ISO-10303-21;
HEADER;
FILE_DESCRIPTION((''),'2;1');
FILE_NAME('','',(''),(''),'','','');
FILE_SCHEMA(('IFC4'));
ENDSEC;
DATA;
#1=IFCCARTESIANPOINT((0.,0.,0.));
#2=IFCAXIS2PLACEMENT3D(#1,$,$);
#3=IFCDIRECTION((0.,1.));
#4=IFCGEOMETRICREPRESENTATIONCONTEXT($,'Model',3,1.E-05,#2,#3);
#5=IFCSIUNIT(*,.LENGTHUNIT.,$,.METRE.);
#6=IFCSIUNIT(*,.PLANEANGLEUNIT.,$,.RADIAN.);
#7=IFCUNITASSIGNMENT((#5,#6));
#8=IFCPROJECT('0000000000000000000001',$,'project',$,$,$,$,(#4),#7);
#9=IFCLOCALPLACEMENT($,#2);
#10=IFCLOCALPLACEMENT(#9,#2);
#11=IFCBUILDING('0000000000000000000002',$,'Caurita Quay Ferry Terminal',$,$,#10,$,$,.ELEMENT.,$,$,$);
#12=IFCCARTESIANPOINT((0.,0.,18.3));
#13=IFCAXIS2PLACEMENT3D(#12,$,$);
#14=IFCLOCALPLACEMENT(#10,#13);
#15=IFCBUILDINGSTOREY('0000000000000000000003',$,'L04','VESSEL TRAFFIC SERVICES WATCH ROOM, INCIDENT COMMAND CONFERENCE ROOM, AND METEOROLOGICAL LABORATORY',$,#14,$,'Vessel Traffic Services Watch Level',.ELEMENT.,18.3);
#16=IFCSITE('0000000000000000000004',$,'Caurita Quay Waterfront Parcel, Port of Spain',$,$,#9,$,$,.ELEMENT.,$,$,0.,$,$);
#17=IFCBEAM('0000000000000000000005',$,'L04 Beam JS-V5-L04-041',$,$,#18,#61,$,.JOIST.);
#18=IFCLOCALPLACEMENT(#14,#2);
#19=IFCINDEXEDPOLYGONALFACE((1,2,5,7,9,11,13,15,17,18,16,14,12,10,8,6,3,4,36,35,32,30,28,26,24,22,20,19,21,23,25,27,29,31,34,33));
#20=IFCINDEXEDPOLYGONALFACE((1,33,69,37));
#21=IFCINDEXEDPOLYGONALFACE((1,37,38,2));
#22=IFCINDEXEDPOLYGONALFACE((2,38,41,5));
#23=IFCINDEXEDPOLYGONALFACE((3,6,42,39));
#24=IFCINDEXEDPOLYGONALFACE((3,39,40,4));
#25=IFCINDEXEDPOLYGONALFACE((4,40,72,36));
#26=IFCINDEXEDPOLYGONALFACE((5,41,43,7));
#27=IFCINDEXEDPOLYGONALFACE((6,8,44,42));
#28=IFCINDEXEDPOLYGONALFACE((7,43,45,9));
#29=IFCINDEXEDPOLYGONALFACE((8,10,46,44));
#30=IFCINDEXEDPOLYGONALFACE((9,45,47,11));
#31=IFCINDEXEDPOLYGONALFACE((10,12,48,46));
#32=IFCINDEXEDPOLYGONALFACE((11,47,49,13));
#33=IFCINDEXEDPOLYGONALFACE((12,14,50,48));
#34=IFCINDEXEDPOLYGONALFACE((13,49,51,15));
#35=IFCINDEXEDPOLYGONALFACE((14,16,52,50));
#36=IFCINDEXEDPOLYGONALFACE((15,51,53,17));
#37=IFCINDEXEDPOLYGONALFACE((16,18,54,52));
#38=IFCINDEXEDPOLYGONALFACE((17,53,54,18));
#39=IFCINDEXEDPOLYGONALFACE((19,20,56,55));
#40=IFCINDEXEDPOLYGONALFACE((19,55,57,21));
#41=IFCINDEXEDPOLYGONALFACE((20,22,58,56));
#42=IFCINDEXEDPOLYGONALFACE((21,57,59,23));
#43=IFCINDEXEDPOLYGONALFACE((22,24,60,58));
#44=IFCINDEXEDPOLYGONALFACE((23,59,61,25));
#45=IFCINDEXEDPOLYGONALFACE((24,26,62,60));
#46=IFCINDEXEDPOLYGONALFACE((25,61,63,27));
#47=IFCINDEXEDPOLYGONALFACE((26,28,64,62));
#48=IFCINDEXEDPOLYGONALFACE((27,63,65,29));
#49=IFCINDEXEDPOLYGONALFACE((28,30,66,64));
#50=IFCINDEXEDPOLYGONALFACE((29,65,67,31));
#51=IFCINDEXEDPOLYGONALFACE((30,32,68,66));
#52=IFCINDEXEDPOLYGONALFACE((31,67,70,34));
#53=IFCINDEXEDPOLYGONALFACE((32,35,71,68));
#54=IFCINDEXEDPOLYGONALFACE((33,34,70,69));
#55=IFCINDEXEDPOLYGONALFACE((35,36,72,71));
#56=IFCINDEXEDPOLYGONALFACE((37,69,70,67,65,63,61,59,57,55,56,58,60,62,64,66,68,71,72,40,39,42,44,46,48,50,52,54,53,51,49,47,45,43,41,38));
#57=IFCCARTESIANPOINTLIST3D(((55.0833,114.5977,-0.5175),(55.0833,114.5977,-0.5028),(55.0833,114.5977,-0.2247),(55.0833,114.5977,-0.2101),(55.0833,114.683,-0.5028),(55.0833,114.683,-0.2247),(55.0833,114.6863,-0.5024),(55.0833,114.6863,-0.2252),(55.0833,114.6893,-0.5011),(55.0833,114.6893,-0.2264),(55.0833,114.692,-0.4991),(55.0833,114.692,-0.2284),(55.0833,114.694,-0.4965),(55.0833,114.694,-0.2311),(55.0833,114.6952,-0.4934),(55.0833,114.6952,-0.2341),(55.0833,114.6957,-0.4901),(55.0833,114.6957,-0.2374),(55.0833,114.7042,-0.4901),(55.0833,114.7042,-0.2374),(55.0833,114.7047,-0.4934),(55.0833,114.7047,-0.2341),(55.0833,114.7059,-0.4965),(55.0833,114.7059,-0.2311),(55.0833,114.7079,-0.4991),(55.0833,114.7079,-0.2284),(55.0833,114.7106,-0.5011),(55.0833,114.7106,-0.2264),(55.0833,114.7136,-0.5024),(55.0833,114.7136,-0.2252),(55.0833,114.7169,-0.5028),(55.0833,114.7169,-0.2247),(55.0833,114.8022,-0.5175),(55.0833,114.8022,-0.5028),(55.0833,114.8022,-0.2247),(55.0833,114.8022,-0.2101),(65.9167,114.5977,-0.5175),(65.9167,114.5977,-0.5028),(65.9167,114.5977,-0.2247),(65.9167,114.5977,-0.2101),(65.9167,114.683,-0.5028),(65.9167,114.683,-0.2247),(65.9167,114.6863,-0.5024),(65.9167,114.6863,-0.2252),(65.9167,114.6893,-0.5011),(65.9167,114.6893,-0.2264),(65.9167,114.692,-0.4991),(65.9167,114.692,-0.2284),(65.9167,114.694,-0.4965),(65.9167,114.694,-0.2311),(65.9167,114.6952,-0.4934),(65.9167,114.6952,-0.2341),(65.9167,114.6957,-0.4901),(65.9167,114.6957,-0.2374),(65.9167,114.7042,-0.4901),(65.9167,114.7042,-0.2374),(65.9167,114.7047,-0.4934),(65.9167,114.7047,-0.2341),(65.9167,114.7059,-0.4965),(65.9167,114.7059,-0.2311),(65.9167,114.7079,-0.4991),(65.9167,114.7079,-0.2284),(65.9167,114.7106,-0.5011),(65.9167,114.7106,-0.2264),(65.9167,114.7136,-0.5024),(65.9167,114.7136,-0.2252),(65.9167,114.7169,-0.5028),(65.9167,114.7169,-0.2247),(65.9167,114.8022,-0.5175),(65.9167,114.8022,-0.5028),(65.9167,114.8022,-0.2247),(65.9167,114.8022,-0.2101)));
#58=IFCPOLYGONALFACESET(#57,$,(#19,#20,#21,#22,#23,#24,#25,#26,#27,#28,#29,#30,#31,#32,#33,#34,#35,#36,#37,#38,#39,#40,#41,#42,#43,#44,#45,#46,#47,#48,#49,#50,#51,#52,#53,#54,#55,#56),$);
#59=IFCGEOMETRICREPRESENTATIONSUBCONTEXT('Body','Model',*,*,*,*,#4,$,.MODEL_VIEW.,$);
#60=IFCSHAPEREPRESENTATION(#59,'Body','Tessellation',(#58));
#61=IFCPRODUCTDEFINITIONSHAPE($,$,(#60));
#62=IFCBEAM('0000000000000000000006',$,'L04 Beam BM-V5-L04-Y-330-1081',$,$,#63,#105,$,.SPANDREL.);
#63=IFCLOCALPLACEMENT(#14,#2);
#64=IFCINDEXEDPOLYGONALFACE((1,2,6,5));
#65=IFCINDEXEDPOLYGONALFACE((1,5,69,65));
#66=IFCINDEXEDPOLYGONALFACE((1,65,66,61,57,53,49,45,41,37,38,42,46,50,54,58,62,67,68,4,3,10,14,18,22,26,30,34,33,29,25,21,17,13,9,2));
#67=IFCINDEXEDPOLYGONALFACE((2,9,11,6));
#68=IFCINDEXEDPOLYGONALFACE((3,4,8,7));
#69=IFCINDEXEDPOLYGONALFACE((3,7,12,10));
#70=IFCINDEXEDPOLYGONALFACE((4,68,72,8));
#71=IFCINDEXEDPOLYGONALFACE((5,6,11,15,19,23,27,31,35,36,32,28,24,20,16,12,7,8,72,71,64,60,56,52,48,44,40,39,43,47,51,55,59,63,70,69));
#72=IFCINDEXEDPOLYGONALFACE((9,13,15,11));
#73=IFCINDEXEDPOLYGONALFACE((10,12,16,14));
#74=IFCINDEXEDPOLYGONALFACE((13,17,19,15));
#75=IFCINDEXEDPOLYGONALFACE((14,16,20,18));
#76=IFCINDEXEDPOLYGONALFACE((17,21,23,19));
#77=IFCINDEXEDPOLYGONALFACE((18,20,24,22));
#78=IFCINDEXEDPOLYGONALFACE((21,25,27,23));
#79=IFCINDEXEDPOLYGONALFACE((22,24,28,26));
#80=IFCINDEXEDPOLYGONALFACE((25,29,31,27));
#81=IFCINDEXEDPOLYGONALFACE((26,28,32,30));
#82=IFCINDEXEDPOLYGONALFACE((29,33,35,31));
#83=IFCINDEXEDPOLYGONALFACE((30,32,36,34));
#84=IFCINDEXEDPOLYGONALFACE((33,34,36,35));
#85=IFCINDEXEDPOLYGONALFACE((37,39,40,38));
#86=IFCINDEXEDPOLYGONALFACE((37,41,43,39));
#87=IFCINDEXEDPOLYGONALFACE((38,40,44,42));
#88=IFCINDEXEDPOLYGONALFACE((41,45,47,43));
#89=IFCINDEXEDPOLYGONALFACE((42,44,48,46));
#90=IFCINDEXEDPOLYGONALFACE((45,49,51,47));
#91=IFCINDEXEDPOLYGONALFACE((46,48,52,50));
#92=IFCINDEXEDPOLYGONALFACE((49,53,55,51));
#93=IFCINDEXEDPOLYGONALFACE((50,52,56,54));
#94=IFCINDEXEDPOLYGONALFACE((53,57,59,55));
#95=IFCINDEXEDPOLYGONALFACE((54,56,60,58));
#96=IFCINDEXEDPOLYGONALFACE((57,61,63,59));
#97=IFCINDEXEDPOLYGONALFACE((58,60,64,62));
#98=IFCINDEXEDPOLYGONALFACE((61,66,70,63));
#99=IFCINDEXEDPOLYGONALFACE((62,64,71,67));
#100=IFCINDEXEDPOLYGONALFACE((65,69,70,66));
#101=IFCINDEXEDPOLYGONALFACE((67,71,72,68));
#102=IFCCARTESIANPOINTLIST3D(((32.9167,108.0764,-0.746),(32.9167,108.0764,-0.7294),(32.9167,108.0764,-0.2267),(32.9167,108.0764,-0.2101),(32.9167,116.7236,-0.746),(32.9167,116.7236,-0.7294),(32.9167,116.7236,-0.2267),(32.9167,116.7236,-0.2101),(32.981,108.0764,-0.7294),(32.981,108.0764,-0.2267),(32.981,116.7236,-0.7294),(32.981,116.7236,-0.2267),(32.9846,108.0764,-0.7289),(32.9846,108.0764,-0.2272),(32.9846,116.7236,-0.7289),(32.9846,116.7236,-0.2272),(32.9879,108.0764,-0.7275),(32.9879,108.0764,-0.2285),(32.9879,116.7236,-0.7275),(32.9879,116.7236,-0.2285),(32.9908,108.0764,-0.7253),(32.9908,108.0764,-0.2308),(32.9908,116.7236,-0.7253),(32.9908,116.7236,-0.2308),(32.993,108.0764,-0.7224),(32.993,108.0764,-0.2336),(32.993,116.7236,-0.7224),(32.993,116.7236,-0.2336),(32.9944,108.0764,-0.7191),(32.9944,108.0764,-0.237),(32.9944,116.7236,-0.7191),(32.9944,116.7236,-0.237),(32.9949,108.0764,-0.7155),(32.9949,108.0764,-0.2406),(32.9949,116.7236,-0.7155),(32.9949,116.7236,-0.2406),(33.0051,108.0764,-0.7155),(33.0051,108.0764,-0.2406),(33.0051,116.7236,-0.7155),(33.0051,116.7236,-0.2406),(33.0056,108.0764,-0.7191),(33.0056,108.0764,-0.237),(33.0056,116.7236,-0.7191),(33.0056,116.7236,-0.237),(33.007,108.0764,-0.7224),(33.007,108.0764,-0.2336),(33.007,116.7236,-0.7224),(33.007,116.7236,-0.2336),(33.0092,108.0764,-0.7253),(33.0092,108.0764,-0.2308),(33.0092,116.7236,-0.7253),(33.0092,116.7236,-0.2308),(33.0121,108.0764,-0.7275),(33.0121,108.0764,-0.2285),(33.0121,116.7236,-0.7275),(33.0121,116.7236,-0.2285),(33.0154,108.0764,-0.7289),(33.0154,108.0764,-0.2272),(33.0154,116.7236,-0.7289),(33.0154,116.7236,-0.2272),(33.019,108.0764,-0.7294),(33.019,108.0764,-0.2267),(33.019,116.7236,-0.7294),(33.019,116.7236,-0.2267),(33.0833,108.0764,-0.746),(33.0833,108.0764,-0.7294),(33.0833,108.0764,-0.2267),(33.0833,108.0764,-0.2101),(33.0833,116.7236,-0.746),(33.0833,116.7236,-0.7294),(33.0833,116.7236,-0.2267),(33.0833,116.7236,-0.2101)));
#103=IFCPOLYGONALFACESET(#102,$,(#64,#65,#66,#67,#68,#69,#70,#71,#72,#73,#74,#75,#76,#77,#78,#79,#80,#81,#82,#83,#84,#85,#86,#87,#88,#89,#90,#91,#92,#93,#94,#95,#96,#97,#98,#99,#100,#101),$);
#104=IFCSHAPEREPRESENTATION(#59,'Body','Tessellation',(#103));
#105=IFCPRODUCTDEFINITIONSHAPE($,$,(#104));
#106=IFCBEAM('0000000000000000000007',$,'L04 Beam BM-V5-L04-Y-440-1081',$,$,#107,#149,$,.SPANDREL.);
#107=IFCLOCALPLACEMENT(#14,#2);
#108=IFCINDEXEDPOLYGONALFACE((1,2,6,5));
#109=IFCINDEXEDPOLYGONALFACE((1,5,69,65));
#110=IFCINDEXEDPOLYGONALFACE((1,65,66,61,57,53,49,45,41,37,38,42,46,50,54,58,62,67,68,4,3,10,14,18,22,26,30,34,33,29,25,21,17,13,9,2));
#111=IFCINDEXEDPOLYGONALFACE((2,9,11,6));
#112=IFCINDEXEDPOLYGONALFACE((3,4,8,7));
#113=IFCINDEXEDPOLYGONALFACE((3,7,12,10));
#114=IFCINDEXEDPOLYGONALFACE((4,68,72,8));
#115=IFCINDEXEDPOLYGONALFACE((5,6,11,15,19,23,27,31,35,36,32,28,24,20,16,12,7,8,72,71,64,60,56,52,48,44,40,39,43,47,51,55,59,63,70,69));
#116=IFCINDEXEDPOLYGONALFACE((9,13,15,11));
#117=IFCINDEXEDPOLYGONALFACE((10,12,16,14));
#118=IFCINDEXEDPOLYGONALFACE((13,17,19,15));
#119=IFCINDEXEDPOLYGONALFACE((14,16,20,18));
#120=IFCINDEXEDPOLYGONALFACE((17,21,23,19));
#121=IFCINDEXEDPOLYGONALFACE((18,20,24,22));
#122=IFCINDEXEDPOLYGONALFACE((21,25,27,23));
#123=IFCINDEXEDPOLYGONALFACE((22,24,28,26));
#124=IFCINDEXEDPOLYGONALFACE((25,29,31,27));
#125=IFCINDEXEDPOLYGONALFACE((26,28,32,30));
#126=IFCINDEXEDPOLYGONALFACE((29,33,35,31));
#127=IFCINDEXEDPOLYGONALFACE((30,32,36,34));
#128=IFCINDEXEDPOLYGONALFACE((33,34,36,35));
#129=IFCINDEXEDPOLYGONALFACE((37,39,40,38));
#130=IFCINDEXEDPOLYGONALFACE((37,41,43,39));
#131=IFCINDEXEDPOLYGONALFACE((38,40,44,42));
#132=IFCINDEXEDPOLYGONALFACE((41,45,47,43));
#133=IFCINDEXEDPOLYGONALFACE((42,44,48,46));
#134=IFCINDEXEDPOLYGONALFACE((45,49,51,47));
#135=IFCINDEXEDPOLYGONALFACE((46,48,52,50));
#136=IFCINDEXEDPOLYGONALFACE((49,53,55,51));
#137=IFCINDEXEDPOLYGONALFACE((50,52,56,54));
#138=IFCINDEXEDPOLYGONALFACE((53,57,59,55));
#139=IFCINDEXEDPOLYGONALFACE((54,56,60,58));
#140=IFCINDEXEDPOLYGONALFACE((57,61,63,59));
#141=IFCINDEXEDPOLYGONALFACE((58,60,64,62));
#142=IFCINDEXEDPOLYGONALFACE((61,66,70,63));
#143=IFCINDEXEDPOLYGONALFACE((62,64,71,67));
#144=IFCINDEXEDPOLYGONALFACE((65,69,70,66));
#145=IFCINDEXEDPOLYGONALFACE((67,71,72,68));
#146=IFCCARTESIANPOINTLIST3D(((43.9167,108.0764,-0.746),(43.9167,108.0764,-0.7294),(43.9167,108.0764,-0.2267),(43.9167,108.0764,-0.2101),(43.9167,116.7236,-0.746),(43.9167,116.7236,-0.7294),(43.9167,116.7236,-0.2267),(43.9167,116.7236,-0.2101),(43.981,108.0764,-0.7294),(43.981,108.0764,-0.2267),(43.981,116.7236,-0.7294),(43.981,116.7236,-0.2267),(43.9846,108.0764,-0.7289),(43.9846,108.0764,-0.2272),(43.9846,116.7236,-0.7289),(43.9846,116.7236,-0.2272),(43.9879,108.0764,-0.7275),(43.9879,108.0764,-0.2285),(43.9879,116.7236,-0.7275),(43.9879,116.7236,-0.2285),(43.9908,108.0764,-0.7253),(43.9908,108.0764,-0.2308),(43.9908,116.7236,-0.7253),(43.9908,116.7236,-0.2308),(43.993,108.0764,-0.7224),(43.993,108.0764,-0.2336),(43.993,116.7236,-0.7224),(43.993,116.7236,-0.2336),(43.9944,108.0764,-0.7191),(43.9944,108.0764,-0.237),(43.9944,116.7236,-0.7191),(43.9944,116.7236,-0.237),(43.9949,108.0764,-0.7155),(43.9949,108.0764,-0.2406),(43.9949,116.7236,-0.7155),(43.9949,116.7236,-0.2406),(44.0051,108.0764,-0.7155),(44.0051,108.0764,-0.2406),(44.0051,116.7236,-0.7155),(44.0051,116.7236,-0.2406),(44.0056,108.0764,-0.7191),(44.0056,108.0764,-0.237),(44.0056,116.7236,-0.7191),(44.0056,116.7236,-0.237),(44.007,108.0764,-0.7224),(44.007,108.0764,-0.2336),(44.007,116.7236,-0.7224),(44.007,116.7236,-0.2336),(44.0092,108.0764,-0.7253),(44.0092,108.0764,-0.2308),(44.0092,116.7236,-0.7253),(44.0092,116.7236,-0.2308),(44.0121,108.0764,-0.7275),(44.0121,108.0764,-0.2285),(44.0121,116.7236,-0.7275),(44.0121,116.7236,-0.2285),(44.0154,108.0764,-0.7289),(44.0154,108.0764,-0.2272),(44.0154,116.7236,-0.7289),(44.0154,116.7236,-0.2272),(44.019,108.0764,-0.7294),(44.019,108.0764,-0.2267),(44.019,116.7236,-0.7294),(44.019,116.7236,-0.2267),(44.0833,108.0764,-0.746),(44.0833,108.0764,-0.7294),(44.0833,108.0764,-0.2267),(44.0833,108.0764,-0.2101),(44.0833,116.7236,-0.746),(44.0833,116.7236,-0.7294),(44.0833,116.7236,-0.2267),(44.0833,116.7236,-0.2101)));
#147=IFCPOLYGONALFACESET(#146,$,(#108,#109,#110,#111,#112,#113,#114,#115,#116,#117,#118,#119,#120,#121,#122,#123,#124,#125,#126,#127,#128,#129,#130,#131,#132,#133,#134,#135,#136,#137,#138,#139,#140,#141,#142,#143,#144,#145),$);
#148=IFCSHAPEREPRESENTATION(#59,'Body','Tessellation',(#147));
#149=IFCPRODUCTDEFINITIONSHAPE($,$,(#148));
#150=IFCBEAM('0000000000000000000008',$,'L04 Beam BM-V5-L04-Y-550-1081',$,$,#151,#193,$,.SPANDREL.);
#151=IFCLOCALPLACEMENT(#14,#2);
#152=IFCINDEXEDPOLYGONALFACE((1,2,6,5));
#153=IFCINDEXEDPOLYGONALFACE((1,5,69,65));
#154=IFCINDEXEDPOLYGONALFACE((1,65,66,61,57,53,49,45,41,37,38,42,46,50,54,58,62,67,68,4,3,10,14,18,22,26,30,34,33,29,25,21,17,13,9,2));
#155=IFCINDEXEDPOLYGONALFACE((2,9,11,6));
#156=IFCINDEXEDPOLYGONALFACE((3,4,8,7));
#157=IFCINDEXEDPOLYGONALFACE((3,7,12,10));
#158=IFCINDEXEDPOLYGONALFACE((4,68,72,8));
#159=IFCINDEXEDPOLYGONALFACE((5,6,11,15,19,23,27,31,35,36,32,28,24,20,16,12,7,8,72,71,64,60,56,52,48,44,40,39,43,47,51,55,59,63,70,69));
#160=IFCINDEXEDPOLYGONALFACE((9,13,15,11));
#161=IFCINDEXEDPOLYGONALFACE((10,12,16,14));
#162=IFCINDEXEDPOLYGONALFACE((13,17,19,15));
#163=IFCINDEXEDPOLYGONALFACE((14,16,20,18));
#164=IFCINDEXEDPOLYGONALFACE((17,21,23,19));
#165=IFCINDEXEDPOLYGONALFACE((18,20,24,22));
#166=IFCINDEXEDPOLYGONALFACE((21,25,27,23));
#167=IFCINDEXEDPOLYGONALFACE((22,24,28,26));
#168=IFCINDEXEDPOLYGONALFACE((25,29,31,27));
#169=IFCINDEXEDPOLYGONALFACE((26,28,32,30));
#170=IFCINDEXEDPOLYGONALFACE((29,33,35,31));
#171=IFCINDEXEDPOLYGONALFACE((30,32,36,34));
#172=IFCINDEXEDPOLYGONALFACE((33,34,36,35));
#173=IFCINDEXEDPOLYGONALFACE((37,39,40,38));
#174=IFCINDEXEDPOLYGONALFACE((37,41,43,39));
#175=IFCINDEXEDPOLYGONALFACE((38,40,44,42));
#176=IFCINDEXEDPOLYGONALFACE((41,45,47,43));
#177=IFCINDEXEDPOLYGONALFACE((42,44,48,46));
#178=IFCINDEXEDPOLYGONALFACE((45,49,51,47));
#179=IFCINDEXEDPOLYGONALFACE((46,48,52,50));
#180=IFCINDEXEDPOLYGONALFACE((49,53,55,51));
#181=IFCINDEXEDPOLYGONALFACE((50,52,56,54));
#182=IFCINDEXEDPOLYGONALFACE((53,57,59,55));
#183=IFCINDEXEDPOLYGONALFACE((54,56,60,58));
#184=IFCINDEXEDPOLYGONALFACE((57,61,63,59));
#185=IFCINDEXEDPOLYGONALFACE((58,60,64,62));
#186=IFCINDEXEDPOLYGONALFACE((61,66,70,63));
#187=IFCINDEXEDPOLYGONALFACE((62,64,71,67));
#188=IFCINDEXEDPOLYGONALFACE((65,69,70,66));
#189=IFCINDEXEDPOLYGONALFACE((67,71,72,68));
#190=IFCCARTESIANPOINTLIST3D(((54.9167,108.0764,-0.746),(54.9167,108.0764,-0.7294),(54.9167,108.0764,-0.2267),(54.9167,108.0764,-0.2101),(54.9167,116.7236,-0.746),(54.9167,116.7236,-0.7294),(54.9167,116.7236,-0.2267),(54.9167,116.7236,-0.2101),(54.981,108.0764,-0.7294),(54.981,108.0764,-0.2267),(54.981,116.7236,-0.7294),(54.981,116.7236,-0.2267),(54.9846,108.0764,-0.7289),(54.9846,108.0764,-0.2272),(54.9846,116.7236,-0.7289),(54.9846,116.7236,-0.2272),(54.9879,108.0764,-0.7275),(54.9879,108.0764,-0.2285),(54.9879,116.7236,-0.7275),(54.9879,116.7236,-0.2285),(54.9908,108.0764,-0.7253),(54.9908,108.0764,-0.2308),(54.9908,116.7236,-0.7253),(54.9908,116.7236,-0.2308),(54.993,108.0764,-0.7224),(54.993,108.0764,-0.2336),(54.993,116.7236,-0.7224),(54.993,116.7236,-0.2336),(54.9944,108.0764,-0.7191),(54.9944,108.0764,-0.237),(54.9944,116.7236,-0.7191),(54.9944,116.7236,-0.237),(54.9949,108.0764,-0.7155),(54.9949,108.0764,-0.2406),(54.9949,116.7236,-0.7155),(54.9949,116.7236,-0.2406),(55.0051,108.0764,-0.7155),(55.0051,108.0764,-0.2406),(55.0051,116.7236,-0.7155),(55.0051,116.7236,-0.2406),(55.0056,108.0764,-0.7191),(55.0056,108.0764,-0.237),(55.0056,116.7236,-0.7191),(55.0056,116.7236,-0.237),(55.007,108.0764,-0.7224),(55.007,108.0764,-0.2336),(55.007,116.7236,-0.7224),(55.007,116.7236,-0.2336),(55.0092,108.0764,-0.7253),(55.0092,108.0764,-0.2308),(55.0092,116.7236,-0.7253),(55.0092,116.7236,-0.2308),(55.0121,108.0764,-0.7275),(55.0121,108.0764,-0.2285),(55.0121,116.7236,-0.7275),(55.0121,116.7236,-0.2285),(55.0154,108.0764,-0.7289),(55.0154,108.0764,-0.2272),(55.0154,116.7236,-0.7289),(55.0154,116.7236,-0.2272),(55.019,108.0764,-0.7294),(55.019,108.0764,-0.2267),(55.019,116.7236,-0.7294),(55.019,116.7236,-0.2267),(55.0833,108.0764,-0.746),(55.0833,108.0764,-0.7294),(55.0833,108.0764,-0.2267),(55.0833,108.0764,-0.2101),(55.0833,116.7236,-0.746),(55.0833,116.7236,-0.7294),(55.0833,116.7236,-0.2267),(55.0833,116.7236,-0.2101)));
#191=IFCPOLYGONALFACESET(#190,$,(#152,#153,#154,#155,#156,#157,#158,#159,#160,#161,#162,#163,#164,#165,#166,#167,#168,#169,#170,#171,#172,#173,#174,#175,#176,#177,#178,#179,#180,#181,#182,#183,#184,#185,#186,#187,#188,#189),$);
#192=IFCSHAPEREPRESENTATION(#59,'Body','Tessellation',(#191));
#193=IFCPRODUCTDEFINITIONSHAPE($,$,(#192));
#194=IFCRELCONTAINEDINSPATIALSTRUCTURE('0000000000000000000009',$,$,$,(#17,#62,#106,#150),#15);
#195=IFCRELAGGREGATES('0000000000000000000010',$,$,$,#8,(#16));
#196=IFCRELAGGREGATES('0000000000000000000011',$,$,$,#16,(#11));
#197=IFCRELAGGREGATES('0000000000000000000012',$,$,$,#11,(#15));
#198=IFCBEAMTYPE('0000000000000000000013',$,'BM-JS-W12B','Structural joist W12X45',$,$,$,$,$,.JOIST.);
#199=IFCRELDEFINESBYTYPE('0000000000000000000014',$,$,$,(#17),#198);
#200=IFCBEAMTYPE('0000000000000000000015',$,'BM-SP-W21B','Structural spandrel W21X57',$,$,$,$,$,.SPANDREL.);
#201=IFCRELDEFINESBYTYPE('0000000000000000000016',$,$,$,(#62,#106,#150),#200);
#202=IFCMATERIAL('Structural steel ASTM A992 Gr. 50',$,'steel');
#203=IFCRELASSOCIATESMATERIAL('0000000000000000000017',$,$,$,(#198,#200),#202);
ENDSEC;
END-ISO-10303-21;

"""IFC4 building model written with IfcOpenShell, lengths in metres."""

from ifc_helpers import new_model, si_unit, direction, frame, origin, origin_2d, place, context, subcontext, project, spatial, i_section, extrude, material, material_profile, profile_set, type_object, element, save


model = new_model("IFC4")

# Units and contexts
model_context = context("Model", 3, precision=1e-05, world=origin(), true_north=direction((0.0, 1.0)))
body_context = subcontext(model_context, "Body", "Model", "MODEL_VIEW")
ifc_project = project(units=[si_unit("LENGTHUNIT", "METRE"), si_unit("PLANEANGLEUNIT", "RADIAN")], contexts=[model_context])

# Site, building, storey
site_placement = place(None, origin())
site = spatial("IfcSite", under=ifc_project, at=site_placement, Name="Caurita Quay Waterfront Parcel, Port of Spain", CompositionType="ELEMENT", RefElevation=0.0)
building_placement = place(site_placement, origin())
building = spatial("IfcBuilding", under=site, at=building_placement, Name="Caurita Quay Ferry Terminal", CompositionType="ELEMENT")
storey_placement = place(building_placement, frame((0.0, 0.0, 18.3)))
storey = spatial("IfcBuildingStorey", under=building, at=storey_placement, Name="L04", Description="VESSEL TRAFFIC SERVICES WATCH ROOM, INCIDENT COMMAND CONFERENCE ROOM, AND METEOROLOGICAL LABORATORY", LongName="Vessel Traffic Services Watch Level", CompositionType="ELEMENT", Elevation=18.3)

# Beams
ifc_material_1 = material(Name="Structural steel ASTM A992 Gr. 50", Category="steel")
ifc_material_profile_1 = material_profile(ifc_material_1, i_section(OverallWidth=0.2046, OverallDepth=0.3074, WebThickness=0.0085, FlangeThickness=0.0146, FilletRadius=0.0127, at=origin_2d()), Name="W12X45")
ifc_profile_set_1 = profile_set([ifc_material_profile_1], Name="Structural steel ASTM A992 Gr. 50")
beam_type_1 = type_object("IfcBeamType", Name="BM-JS-W12B", Description="Structural joist W12X45", PredefinedType="JOIST", material=ifc_profile_set_1)
for number, where, z_axis, x_axis, name in (
    (1, (55.0833, 114.7, -0.3638), (1.0, 0.0, 0.0), (0.0, 1.0, 0.0), "L04 Beam JS-V5-L04-041"),
):
    element("IfcBeam", number, at=place(storey_placement, frame(where, z_axis=z_axis, x_axis=x_axis)), inside=storey, type_object=beam_type_1, Name=name, PredefinedType="JOIST", context=body_context, shape_type="SweptSolid", body=[
        extrude(i_section(OverallWidth=0.2046, OverallDepth=0.3074, WebThickness=0.0085, FlangeThickness=0.0146, FilletRadius=0.0127, at=origin_2d()), origin(), (0.0, 0.0, 1.0), 10.8335),
    ])
ifc_material_profile_2 = material_profile(ifc_material_1, i_section(OverallWidth=0.1665, OverallDepth=0.5359, WebThickness=0.0103, FlangeThickness=0.0166, FilletRadius=0.0139, at=origin_2d()), Name="W21X57")
ifc_profile_set_2 = profile_set([ifc_material_profile_2], Name="Structural steel ASTM A992 Gr. 50")
beam_type_2 = type_object("IfcBeamType", Name="BM-SP-W21B", Description="Structural spandrel W21X57", PredefinedType="SPANDREL", material=ifc_profile_set_2)
for number, where, z_axis, x_axis, name in (
    (2, (33.0, 108.0764, -0.478), (0.0, 1.0, 0.0), (-1.0, 0.0, 0.0), "L04 Beam BM-V5-L04-Y-330-1081"),
    (3, (44.0, 108.0764, -0.478), (0.0, 1.0, 0.0), (-1.0, 0.0, 0.0), "L04 Beam BM-V5-L04-Y-440-1081"),
    (4, (55.0, 108.0764, -0.478), (0.0, 1.0, 0.0), (-1.0, 0.0, 0.0), "L04 Beam BM-V5-L04-Y-550-1081"),
):
    element("IfcBeam", number, at=place(storey_placement, frame(where, z_axis=z_axis, x_axis=x_axis)), inside=storey, type_object=beam_type_2, Name=name, PredefinedType="SPANDREL", context=body_context, shape_type="SweptSolid", body=[
        extrude(i_section(OverallWidth=0.1665, OverallDepth=0.5359, WebThickness=0.0103, FlangeThickness=0.0166, FilletRadius=0.0139, at=origin_2d()), origin(), (0.0, 0.0, 1.0), 8.6472),
    ])

save(model, "model.ifc")
